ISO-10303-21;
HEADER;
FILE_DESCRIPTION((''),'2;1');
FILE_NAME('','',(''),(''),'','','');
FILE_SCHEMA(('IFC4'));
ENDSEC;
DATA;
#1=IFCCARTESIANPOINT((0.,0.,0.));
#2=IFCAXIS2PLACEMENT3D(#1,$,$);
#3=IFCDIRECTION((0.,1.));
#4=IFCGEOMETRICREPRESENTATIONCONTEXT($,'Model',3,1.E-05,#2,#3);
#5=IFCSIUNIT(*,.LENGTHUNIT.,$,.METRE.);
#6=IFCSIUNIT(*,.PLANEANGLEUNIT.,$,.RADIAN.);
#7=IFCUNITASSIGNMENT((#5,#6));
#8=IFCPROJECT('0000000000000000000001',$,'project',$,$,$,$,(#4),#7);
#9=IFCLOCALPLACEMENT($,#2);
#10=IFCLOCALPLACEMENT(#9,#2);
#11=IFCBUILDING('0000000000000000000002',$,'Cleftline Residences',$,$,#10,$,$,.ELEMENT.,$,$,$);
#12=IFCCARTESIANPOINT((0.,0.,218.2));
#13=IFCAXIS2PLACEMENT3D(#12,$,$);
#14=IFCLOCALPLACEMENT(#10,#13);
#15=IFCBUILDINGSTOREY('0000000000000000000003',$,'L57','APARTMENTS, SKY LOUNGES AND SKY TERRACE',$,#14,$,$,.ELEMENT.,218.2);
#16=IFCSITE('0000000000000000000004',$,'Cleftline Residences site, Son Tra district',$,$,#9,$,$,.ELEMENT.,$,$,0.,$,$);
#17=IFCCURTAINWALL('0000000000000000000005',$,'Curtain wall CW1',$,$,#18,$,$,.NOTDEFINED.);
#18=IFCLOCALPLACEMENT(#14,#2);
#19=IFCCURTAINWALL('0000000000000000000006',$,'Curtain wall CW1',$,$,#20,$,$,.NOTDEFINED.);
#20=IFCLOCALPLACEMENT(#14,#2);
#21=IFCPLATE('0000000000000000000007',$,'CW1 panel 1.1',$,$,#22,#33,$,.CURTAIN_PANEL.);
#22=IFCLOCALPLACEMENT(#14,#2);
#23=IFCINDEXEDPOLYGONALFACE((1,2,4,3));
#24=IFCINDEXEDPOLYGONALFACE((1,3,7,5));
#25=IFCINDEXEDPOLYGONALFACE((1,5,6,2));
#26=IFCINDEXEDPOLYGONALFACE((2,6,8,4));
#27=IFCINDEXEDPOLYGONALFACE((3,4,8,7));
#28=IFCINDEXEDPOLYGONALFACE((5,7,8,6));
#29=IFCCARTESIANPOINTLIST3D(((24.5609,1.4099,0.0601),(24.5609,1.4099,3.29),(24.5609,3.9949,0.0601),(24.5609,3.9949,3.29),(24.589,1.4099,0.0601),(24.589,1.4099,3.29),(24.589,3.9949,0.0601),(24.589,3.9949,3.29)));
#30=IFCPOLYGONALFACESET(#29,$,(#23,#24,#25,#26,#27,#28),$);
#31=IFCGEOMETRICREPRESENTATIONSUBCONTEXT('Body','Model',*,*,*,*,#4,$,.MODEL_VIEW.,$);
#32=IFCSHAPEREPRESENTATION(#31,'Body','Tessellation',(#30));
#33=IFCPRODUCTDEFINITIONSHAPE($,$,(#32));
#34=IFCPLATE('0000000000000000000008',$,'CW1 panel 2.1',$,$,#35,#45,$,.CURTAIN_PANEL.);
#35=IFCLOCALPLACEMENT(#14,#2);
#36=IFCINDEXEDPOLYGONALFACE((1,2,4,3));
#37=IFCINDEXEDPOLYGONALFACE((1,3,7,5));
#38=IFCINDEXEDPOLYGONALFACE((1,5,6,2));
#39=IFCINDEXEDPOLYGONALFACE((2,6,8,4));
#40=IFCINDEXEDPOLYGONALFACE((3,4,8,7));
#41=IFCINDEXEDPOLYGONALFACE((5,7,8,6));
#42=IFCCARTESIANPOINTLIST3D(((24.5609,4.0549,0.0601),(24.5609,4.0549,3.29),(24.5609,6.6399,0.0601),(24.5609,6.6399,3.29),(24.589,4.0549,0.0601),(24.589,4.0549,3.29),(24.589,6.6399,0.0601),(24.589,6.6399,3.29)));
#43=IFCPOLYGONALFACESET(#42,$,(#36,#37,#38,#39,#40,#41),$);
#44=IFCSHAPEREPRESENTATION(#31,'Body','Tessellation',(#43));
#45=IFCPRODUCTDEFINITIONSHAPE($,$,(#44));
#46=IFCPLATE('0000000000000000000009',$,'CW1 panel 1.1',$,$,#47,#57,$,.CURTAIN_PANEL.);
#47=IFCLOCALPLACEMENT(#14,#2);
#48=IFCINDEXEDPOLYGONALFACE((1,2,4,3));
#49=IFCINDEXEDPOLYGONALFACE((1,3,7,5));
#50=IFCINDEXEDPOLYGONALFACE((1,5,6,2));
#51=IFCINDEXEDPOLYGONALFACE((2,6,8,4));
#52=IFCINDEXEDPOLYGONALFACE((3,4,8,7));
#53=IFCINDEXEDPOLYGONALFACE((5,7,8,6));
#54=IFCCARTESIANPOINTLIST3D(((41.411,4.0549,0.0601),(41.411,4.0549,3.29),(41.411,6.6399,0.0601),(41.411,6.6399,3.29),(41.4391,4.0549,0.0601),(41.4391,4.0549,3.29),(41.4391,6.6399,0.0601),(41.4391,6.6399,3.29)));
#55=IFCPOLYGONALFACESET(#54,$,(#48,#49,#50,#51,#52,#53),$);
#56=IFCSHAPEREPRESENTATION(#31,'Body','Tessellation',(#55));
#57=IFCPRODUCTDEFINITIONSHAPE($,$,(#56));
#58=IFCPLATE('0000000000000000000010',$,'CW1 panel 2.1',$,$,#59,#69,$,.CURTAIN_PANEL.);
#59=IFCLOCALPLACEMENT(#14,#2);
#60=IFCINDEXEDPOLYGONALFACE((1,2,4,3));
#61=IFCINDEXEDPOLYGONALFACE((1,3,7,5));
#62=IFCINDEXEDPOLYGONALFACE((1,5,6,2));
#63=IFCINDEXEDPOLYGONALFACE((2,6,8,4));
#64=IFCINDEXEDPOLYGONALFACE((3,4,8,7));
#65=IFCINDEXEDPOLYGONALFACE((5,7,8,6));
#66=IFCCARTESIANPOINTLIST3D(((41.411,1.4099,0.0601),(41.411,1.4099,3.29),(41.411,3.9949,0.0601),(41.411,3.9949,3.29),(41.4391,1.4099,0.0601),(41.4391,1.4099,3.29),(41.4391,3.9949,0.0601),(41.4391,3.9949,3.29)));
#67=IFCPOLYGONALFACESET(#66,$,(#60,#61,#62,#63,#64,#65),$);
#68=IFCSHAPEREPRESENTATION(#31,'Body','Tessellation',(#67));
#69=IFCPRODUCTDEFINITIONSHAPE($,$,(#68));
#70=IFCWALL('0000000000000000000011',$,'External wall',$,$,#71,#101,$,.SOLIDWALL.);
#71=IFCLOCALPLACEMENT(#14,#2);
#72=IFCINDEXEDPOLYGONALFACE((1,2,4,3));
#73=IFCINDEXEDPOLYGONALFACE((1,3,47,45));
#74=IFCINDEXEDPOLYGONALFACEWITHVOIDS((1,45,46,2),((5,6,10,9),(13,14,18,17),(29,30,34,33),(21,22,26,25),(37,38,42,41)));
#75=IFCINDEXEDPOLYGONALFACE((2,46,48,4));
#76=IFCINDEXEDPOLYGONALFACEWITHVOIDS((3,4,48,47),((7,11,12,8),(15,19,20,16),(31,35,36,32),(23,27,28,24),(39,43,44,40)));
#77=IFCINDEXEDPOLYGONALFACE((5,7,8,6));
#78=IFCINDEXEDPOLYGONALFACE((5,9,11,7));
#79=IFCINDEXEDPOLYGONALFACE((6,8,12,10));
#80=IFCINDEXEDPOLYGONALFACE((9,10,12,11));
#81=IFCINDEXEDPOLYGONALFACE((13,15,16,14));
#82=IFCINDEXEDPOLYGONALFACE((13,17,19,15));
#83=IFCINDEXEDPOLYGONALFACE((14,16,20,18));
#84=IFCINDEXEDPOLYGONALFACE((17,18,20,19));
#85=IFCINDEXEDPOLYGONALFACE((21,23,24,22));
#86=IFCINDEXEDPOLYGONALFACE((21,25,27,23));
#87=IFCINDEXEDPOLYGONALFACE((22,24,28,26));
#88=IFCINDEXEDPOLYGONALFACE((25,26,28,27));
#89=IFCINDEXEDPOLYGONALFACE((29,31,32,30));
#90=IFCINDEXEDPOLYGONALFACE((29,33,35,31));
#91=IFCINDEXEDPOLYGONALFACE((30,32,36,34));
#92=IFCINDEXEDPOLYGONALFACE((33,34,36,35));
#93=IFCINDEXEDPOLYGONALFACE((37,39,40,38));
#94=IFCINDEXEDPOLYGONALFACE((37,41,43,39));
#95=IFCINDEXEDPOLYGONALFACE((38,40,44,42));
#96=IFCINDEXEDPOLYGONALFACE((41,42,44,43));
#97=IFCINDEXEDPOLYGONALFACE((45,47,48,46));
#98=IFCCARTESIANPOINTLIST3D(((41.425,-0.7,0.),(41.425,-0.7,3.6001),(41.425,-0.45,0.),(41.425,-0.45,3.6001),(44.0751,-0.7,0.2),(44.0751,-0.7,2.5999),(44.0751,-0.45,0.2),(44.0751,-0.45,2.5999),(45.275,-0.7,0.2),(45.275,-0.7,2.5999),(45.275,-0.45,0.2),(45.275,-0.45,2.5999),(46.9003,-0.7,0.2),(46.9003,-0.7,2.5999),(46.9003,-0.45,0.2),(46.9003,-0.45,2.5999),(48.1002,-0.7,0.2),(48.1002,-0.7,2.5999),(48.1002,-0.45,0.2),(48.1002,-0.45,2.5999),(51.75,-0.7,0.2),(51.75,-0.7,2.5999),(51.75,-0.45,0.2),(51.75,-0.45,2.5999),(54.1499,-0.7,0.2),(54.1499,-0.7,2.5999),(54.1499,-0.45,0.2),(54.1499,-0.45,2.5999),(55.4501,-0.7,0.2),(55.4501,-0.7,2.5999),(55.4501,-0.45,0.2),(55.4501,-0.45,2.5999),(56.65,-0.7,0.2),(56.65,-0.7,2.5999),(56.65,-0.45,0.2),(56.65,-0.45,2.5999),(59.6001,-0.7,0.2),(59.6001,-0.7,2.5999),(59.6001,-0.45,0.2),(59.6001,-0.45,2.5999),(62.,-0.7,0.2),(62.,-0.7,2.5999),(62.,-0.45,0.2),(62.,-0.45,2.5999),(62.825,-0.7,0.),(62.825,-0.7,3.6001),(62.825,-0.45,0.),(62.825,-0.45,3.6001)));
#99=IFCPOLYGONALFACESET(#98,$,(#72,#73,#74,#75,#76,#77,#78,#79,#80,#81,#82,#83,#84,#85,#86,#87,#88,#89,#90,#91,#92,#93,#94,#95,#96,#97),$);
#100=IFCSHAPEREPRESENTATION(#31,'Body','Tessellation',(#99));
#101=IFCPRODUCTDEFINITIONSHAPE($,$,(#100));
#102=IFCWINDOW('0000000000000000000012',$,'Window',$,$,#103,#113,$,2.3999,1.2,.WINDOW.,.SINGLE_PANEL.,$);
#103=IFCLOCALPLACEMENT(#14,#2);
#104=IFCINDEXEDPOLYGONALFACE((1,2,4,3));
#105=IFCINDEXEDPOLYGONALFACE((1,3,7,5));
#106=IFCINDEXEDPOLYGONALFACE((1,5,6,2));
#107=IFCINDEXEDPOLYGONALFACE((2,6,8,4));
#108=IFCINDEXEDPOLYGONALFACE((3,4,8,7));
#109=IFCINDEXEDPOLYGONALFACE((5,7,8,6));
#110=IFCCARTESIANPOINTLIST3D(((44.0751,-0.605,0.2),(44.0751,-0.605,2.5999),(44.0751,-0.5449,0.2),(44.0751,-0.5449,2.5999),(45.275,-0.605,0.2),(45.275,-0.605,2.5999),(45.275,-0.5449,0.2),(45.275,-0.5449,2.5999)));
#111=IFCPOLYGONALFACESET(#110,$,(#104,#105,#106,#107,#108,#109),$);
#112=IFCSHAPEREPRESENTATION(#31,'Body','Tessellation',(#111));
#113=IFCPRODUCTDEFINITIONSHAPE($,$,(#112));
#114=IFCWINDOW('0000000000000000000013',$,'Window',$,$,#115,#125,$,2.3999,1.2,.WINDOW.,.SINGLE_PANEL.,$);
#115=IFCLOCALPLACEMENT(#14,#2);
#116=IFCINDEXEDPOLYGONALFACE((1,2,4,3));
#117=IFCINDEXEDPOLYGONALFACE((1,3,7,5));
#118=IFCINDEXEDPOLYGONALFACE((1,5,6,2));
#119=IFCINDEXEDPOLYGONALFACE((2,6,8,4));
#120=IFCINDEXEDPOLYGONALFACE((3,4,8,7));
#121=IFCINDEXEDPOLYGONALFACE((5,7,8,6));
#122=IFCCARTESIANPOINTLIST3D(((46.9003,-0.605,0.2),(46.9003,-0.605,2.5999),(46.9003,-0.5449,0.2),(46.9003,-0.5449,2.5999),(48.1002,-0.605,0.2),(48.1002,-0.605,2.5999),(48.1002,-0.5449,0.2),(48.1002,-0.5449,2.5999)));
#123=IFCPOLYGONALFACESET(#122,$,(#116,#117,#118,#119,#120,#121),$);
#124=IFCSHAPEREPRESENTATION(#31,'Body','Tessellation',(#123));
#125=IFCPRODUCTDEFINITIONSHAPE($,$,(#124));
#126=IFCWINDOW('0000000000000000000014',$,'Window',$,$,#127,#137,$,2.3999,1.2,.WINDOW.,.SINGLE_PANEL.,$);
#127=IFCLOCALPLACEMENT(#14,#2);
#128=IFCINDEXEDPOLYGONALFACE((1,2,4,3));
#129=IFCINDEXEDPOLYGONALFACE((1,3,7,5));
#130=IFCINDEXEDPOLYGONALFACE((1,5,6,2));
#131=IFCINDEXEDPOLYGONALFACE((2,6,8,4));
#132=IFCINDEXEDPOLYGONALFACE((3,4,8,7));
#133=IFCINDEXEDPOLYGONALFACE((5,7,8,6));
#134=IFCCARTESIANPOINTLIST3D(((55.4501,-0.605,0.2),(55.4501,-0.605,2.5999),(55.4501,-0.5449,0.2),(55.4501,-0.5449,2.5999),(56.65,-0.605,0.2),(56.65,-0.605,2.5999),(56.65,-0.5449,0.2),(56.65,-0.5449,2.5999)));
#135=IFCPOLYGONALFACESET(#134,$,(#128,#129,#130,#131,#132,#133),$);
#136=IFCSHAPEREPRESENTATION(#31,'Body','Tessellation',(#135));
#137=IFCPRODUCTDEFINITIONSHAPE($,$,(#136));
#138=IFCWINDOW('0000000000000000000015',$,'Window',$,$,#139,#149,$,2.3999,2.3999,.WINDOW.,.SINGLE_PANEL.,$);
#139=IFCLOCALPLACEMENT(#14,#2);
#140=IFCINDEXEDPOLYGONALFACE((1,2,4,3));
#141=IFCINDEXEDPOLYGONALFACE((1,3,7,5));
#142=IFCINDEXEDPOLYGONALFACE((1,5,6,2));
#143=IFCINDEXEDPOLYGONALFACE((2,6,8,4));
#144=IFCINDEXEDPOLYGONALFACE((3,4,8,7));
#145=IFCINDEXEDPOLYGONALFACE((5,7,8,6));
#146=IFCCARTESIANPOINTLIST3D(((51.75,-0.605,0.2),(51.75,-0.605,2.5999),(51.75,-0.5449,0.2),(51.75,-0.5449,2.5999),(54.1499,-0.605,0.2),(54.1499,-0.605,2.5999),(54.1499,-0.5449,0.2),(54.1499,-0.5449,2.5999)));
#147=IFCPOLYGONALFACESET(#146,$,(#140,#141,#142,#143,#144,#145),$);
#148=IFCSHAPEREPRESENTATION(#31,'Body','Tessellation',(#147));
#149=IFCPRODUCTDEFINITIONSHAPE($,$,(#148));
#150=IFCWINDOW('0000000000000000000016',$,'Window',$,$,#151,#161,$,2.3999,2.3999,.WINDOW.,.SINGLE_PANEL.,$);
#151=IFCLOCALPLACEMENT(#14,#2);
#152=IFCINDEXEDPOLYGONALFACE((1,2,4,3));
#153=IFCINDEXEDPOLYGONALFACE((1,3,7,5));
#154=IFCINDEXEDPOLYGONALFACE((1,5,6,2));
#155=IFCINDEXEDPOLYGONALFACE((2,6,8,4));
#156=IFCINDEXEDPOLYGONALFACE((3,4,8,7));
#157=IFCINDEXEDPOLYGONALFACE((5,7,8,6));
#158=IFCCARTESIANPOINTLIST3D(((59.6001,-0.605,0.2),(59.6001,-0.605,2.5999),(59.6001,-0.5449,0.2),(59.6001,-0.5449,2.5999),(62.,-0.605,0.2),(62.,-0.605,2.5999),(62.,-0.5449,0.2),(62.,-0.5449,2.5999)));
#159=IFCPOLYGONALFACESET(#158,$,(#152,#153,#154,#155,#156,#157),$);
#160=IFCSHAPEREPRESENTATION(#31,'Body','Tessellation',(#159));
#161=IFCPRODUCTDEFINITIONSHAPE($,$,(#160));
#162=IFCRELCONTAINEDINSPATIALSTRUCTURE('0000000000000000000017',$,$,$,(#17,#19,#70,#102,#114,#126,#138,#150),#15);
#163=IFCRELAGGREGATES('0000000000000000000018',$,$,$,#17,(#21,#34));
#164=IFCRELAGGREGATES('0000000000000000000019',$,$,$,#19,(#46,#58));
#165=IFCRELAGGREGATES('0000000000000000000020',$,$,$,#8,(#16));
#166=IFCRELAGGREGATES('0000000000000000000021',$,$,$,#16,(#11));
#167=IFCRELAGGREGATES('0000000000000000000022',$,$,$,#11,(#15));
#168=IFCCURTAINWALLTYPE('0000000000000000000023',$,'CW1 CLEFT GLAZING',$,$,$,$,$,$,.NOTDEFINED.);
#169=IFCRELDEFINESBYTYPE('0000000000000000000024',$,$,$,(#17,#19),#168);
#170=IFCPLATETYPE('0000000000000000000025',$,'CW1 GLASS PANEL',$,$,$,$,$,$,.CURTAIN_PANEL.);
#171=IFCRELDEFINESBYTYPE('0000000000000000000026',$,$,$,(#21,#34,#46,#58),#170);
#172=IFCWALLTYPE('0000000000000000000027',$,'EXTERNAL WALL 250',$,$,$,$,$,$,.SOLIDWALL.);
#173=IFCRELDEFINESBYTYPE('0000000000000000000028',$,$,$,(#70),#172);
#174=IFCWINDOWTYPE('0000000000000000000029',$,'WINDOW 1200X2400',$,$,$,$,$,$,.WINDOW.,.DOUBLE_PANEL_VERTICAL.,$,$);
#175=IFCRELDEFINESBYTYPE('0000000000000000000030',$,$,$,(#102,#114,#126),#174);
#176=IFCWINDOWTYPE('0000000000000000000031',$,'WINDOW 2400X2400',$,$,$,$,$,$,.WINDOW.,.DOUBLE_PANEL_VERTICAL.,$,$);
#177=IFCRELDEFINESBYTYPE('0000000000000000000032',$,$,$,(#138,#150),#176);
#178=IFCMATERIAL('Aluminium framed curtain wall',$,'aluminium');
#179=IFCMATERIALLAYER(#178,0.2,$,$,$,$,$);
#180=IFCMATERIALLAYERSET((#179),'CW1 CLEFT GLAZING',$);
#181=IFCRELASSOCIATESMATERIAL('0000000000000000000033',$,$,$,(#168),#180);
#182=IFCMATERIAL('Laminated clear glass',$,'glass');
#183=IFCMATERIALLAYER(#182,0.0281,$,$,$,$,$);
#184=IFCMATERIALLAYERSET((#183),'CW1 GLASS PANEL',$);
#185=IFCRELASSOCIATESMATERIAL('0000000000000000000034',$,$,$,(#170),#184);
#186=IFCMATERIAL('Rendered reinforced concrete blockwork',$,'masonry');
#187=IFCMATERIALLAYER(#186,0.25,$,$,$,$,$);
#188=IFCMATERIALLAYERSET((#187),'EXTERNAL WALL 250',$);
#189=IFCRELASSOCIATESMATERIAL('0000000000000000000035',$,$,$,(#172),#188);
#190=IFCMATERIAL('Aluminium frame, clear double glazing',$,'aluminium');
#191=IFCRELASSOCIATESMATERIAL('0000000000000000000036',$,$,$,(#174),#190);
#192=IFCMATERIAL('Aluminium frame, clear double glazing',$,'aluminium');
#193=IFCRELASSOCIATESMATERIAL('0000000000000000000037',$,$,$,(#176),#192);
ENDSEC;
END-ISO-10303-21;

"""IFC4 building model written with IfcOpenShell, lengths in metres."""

from ifc_helpers import new_model, si_unit, direction, frame, frame_2d, origin, origin_2d, place, context, subcontext, project, spatial, rectangle, extrude, material, layer, layer_set, type_object, element, fill, aggregate, save


model = new_model("IFC4")

# Units and contexts
model_context = context("Model", 3, precision=1e-05, world=origin(), true_north=direction((0.0, 1.0)))
body_context = subcontext(model_context, "Body", "Model", "MODEL_VIEW")
ifc_project = project(units=[si_unit("LENGTHUNIT", "METRE"), si_unit("PLANEANGLEUNIT", "RADIAN")], contexts=[model_context])

# Site, building, storey
site_placement = place(None, origin())
site = spatial("IfcSite", under=ifc_project, at=site_placement, Name="Cleftline Residences site, Son Tra district", CompositionType="ELEMENT", RefElevation=0.0)
building_placement = place(site_placement, origin())
building = spatial("IfcBuilding", under=site, at=building_placement, Name="Cleftline Residences", CompositionType="ELEMENT")
storey_placement = place(building_placement, frame((0.0, 0.0, 218.2)))
storey = spatial("IfcBuildingStorey", under=building, at=storey_placement, Name="L57", Description="APARTMENTS, SKY LOUNGES AND SKY TERRACE", CompositionType="ELEMENT", Elevation=218.2)

# Curtain walls
ifc_material_1 = material(Name="Aluminium framed curtain wall", Category="aluminium")
ifc_layer_1 = layer(ifc_material_1, 0.2)
ifc_layer_set_1 = layer_set([ifc_layer_1], Name="CW1 CLEFT GLAZING")
curtain_wall_type = type_object("IfcCurtainWallType", Name="CW1 CLEFT GLAZING", PredefinedType="NOTDEFINED", material=ifc_layer_set_1)
curtain_wall_1_placement = place(storey_placement, origin())
curtain_wall_1 = element("IfcCurtainWall", 1, at=curtain_wall_1_placement, inside=storey, type_object=curtain_wall_type, Name="Curtain wall CW1", PredefinedType="NOTDEFINED")
curtain_wall_2_placement = place(storey_placement, origin())
curtain_wall_2 = element("IfcCurtainWall", 2, at=curtain_wall_2_placement, inside=storey, type_object=curtain_wall_type, Name="Curtain wall CW1", PredefinedType="NOTDEFINED")

# Plates
ifc_material_2 = material(Name="Laminated clear glass", Category="glass")
ifc_layer_2 = layer(ifc_material_2, 0.0281)
ifc_layer_set_2 = layer_set([ifc_layer_2], Name="CW1 GLASS PANEL")
plate_type = type_object("IfcPlateType", Name="CW1 GLASS PANEL", PredefinedType="CURTAIN_PANEL", material=ifc_layer_set_2)
plate_1_placement = place(storey_placement, frame((24.575, 2.7024, 0.0601), z_axis=(0.0, 0.0, 1.0), x_axis=(0.0, 1.0, 0.0)))
plate_1 = element("IfcPlate", 3, at=plate_1_placement, type_object=plate_type, Name="CW1 panel 1.1", PredefinedType="CURTAIN_PANEL", context=body_context, shape_type="SweptSolid", body=[
    extrude(rectangle(XDim=2.585, YDim=0.0281, at=origin_2d()), origin(), (0.0, 0.0, 1.0), 3.23),
])
plate_2_placement = place(storey_placement, frame((24.575, 5.3474, 0.0601), z_axis=(0.0, 0.0, 1.0), x_axis=(0.0, 1.0, 0.0)))
plate_2 = element("IfcPlate", 4, at=plate_2_placement, type_object=plate_type, Name="CW1 panel 2.1", PredefinedType="CURTAIN_PANEL", context=body_context, shape_type="SweptSolid", body=[
    extrude(rectangle(XDim=2.585, YDim=0.0281, at=origin_2d()), origin(), (0.0, 0.0, 1.0), 3.23),
])
aggregate(curtain_wall_1, [plate_1, plate_2])
plate_3_placement = place(storey_placement, frame((41.425, 5.3474, 0.0601), z_axis=(0.0, 0.0, 1.0), x_axis=(0.0, -1.0, 0.0)))
plate_3 = element("IfcPlate", 5, at=plate_3_placement, type_object=plate_type, Name="CW1 panel 1.1", PredefinedType="CURTAIN_PANEL", context=body_context, shape_type="SweptSolid", body=[
    extrude(rectangle(XDim=2.585, YDim=0.0281, at=origin_2d()), origin(), (0.0, 0.0, 1.0), 3.23),
])
plate_4_placement = place(storey_placement, frame((41.425, 2.7024, 0.0601), z_axis=(0.0, 0.0, 1.0), x_axis=(0.0, -1.0, 0.0)))
plate_4 = element("IfcPlate", 6, at=plate_4_placement, type_object=plate_type, Name="CW1 panel 2.1", PredefinedType="CURTAIN_PANEL", context=body_context, shape_type="SweptSolid", body=[
    extrude(rectangle(XDim=2.585, YDim=0.0281, at=origin_2d()), origin(), (0.0, 0.0, 1.0), 3.23),
])
aggregate(curtain_wall_2, [plate_3, plate_4])

# Wall, openings, windows
ifc_material_3 = material(Name="Rendered reinforced concrete blockwork", Category="masonry")
ifc_layer_3 = layer(ifc_material_3, 0.25)
ifc_layer_set_3 = layer_set([ifc_layer_3], Name="EXTERNAL WALL 250")
wall_type = type_object("IfcWallType", Name="EXTERNAL WALL 250", PredefinedType="SOLIDWALL", material=ifc_layer_set_3)
wall_placement = place(storey_placement, frame((41.425, -0.575, 0.0), z_axis=(0.0, 0.0, 1.0), x_axis=(1.0, 0.0, 0.0)))
wall = element("IfcWall", 7, at=wall_placement, inside=storey, type_object=wall_type, Name="External wall", PredefinedType="SOLIDWALL", context=body_context, shape_type="SweptSolid", body=[
    extrude(rectangle(XDim=21.3999, YDim=0.25, at=frame_2d((10.7, 0.0))), origin(), (0.0, 0.0, 1.0), 3.6001),
])
opening_1_placement = place(wall_placement, frame((2.6499, 0.0, 0.2)))
opening_1 = element("IfcOpeningElement", 8, at=opening_1_placement, cuts=wall, PredefinedType="OPENING", context=body_context, shape_type="SweptSolid", body=[
    extrude(rectangle(XDim=1.2, YDim=2.3999, at=frame_2d((0.6001, 1.2))), frame((0.0, 0.135, 0.0), z_axis=(0.0, -1.0, 0.0), x_axis=(1.0, 0.0, 0.0)), (0.0, 0.0, 1.0), 0.27),
])
opening_2_placement = place(wall_placement, frame((5.4751, 0.0, 0.2)))
opening_2 = element("IfcOpeningElement", 9, at=opening_2_placement, cuts=wall, PredefinedType="OPENING", context=body_context, shape_type="SweptSolid", body=[
    extrude(rectangle(XDim=1.2, YDim=2.3999, at=frame_2d((0.6001, 1.2))), frame((0.0, 0.135, 0.0), z_axis=(0.0, -1.0, 0.0), x_axis=(1.0, 0.0, 0.0)), (0.0, 0.0, 1.0), 0.27),
])
opening_3_placement = place(wall_placement, frame((10.325, 0.0, 0.2)))
opening_3 = element("IfcOpeningElement", 10, at=opening_3_placement, cuts=wall, PredefinedType="OPENING", context=body_context, shape_type="SweptSolid", body=[
    extrude(rectangle(XDim=2.3999, YDim=2.3999, at=frame_2d((1.2, 1.2))), frame((0.0, 0.135, 0.0), z_axis=(0.0, -1.0, 0.0), x_axis=(1.0, 0.0, 0.0)), (0.0, 0.0, 1.0), 0.27),
])
opening_4_placement = place(wall_placement, frame((14.0249, 0.0, 0.2)))
opening_4 = element("IfcOpeningElement", 11, at=opening_4_placement, cuts=wall, PredefinedType="OPENING", context=body_context, shape_type="SweptSolid", body=[
    extrude(rectangle(XDim=1.2, YDim=2.3999, at=frame_2d((0.6001, 1.2))), frame((0.0, 0.135, 0.0), z_axis=(0.0, -1.0, 0.0), x_axis=(1.0, 0.0, 0.0)), (0.0, 0.0, 1.0), 0.27),
])
opening_5_placement = place(wall_placement, frame((18.175, 0.0, 0.2)))
opening_5 = element("IfcOpeningElement", 12, at=opening_5_placement, cuts=wall, PredefinedType="OPENING", context=body_context, shape_type="SweptSolid", body=[
    extrude(rectangle(XDim=2.3999, YDim=2.3999, at=frame_2d((1.2, 1.2))), frame((0.0, 0.135, 0.0), z_axis=(0.0, -1.0, 0.0), x_axis=(1.0, 0.0, 0.0)), (0.0, 0.0, 1.0), 0.27),
])
ifc_material_4 = material(Name="Aluminium frame, clear double glazing", Category="aluminium")
window_type_1 = type_object("IfcWindowType", Name="WINDOW 1200X2400", PartitioningType="DOUBLE_PANEL_VERTICAL", PredefinedType="WINDOW", material=ifc_material_4)
window_1_placement = place(opening_1_placement, origin())
window_1 = element("IfcWindow", 13, at=window_1_placement, inside=storey, type_object=window_type_1, Name="Window", OverallHeight=2.3999, OverallWidth=1.2, PartitioningType="SINGLE_PANEL", PredefinedType="WINDOW", context=body_context, shape_type="SweptSolid", body=[
    extrude(rectangle(XDim=1.2, YDim=2.3999, at=frame_2d((0.6001, 1.2))), frame((0.0, 0.03, 0.0), z_axis=(0.0, -1.0, 0.0), x_axis=(1.0, 0.0, 0.0)), (0.0, 0.0, 1.0), 0.0601),
])
fill(opening_1, window_1)
window_2_placement = place(opening_2_placement, origin())
window_2 = element("IfcWindow", 14, at=window_2_placement, inside=storey, type_object=window_type_1, Name="Window", OverallHeight=2.3999, OverallWidth=1.2, PartitioningType="SINGLE_PANEL", PredefinedType="WINDOW", context=body_context, shape_type="SweptSolid", body=[
    extrude(rectangle(XDim=1.2, YDim=2.3999, at=frame_2d((0.6001, 1.2))), frame((0.0, 0.03, 0.0), z_axis=(0.0, -1.0, 0.0), x_axis=(1.0, 0.0, 0.0)), (0.0, 0.0, 1.0), 0.0601),
])
fill(opening_2, window_2)
window_3_placement = place(opening_4_placement, origin())
window_3 = element("IfcWindow", 15, at=window_3_placement, inside=storey, type_object=window_type_1, Name="Window", OverallHeight=2.3999, OverallWidth=1.2, PartitioningType="SINGLE_PANEL", PredefinedType="WINDOW", context=body_context, shape_type="SweptSolid", body=[
    extrude(rectangle(XDim=1.2, YDim=2.3999, at=frame_2d((0.6001, 1.2))), frame((0.0, 0.03, 0.0), z_axis=(0.0, -1.0, 0.0), x_axis=(1.0, 0.0, 0.0)), (0.0, 0.0, 1.0), 0.0601),
])
fill(opening_4, window_3)
ifc_material_5 = material(Name="Aluminium frame, clear double glazing", Category="aluminium")
window_type_2 = type_object("IfcWindowType", Name="WINDOW 2400X2400", PartitioningType="DOUBLE_PANEL_VERTICAL", PredefinedType="WINDOW", material=ifc_material_5)
window_4_placement = place(opening_3_placement, origin())
window_4 = element("IfcWindow", 16, at=window_4_placement, inside=storey, type_object=window_type_2, Name="Window", OverallHeight=2.3999, OverallWidth=2.3999, PartitioningType="SINGLE_PANEL", PredefinedType="WINDOW", context=body_context, shape_type="SweptSolid", body=[
    extrude(rectangle(XDim=2.3999, YDim=2.3999, at=frame_2d((1.2, 1.2))), frame((0.0, 0.03, 0.0), z_axis=(0.0, -1.0, 0.0), x_axis=(1.0, 0.0, 0.0)), (0.0, 0.0, 1.0), 0.0601),
])
fill(opening_3, window_4)
window_5_placement = place(opening_5_placement, origin())
window_5 = element("IfcWindow", 17, at=window_5_placement, inside=storey, type_object=window_type_2, Name="Window", OverallHeight=2.3999, OverallWidth=2.3999, PartitioningType="SINGLE_PANEL", PredefinedType="WINDOW", context=body_context, shape_type="SweptSolid", body=[
    extrude(rectangle(XDim=2.3999, YDim=2.3999, at=frame_2d((1.2, 1.2))), frame((0.0, 0.03, 0.0), z_axis=(0.0, -1.0, 0.0), x_axis=(1.0, 0.0, 0.0)), (0.0, 0.0, 1.0), 0.0601),
])
fill(opening_5, window_5)

save(model, "model.ifc")
